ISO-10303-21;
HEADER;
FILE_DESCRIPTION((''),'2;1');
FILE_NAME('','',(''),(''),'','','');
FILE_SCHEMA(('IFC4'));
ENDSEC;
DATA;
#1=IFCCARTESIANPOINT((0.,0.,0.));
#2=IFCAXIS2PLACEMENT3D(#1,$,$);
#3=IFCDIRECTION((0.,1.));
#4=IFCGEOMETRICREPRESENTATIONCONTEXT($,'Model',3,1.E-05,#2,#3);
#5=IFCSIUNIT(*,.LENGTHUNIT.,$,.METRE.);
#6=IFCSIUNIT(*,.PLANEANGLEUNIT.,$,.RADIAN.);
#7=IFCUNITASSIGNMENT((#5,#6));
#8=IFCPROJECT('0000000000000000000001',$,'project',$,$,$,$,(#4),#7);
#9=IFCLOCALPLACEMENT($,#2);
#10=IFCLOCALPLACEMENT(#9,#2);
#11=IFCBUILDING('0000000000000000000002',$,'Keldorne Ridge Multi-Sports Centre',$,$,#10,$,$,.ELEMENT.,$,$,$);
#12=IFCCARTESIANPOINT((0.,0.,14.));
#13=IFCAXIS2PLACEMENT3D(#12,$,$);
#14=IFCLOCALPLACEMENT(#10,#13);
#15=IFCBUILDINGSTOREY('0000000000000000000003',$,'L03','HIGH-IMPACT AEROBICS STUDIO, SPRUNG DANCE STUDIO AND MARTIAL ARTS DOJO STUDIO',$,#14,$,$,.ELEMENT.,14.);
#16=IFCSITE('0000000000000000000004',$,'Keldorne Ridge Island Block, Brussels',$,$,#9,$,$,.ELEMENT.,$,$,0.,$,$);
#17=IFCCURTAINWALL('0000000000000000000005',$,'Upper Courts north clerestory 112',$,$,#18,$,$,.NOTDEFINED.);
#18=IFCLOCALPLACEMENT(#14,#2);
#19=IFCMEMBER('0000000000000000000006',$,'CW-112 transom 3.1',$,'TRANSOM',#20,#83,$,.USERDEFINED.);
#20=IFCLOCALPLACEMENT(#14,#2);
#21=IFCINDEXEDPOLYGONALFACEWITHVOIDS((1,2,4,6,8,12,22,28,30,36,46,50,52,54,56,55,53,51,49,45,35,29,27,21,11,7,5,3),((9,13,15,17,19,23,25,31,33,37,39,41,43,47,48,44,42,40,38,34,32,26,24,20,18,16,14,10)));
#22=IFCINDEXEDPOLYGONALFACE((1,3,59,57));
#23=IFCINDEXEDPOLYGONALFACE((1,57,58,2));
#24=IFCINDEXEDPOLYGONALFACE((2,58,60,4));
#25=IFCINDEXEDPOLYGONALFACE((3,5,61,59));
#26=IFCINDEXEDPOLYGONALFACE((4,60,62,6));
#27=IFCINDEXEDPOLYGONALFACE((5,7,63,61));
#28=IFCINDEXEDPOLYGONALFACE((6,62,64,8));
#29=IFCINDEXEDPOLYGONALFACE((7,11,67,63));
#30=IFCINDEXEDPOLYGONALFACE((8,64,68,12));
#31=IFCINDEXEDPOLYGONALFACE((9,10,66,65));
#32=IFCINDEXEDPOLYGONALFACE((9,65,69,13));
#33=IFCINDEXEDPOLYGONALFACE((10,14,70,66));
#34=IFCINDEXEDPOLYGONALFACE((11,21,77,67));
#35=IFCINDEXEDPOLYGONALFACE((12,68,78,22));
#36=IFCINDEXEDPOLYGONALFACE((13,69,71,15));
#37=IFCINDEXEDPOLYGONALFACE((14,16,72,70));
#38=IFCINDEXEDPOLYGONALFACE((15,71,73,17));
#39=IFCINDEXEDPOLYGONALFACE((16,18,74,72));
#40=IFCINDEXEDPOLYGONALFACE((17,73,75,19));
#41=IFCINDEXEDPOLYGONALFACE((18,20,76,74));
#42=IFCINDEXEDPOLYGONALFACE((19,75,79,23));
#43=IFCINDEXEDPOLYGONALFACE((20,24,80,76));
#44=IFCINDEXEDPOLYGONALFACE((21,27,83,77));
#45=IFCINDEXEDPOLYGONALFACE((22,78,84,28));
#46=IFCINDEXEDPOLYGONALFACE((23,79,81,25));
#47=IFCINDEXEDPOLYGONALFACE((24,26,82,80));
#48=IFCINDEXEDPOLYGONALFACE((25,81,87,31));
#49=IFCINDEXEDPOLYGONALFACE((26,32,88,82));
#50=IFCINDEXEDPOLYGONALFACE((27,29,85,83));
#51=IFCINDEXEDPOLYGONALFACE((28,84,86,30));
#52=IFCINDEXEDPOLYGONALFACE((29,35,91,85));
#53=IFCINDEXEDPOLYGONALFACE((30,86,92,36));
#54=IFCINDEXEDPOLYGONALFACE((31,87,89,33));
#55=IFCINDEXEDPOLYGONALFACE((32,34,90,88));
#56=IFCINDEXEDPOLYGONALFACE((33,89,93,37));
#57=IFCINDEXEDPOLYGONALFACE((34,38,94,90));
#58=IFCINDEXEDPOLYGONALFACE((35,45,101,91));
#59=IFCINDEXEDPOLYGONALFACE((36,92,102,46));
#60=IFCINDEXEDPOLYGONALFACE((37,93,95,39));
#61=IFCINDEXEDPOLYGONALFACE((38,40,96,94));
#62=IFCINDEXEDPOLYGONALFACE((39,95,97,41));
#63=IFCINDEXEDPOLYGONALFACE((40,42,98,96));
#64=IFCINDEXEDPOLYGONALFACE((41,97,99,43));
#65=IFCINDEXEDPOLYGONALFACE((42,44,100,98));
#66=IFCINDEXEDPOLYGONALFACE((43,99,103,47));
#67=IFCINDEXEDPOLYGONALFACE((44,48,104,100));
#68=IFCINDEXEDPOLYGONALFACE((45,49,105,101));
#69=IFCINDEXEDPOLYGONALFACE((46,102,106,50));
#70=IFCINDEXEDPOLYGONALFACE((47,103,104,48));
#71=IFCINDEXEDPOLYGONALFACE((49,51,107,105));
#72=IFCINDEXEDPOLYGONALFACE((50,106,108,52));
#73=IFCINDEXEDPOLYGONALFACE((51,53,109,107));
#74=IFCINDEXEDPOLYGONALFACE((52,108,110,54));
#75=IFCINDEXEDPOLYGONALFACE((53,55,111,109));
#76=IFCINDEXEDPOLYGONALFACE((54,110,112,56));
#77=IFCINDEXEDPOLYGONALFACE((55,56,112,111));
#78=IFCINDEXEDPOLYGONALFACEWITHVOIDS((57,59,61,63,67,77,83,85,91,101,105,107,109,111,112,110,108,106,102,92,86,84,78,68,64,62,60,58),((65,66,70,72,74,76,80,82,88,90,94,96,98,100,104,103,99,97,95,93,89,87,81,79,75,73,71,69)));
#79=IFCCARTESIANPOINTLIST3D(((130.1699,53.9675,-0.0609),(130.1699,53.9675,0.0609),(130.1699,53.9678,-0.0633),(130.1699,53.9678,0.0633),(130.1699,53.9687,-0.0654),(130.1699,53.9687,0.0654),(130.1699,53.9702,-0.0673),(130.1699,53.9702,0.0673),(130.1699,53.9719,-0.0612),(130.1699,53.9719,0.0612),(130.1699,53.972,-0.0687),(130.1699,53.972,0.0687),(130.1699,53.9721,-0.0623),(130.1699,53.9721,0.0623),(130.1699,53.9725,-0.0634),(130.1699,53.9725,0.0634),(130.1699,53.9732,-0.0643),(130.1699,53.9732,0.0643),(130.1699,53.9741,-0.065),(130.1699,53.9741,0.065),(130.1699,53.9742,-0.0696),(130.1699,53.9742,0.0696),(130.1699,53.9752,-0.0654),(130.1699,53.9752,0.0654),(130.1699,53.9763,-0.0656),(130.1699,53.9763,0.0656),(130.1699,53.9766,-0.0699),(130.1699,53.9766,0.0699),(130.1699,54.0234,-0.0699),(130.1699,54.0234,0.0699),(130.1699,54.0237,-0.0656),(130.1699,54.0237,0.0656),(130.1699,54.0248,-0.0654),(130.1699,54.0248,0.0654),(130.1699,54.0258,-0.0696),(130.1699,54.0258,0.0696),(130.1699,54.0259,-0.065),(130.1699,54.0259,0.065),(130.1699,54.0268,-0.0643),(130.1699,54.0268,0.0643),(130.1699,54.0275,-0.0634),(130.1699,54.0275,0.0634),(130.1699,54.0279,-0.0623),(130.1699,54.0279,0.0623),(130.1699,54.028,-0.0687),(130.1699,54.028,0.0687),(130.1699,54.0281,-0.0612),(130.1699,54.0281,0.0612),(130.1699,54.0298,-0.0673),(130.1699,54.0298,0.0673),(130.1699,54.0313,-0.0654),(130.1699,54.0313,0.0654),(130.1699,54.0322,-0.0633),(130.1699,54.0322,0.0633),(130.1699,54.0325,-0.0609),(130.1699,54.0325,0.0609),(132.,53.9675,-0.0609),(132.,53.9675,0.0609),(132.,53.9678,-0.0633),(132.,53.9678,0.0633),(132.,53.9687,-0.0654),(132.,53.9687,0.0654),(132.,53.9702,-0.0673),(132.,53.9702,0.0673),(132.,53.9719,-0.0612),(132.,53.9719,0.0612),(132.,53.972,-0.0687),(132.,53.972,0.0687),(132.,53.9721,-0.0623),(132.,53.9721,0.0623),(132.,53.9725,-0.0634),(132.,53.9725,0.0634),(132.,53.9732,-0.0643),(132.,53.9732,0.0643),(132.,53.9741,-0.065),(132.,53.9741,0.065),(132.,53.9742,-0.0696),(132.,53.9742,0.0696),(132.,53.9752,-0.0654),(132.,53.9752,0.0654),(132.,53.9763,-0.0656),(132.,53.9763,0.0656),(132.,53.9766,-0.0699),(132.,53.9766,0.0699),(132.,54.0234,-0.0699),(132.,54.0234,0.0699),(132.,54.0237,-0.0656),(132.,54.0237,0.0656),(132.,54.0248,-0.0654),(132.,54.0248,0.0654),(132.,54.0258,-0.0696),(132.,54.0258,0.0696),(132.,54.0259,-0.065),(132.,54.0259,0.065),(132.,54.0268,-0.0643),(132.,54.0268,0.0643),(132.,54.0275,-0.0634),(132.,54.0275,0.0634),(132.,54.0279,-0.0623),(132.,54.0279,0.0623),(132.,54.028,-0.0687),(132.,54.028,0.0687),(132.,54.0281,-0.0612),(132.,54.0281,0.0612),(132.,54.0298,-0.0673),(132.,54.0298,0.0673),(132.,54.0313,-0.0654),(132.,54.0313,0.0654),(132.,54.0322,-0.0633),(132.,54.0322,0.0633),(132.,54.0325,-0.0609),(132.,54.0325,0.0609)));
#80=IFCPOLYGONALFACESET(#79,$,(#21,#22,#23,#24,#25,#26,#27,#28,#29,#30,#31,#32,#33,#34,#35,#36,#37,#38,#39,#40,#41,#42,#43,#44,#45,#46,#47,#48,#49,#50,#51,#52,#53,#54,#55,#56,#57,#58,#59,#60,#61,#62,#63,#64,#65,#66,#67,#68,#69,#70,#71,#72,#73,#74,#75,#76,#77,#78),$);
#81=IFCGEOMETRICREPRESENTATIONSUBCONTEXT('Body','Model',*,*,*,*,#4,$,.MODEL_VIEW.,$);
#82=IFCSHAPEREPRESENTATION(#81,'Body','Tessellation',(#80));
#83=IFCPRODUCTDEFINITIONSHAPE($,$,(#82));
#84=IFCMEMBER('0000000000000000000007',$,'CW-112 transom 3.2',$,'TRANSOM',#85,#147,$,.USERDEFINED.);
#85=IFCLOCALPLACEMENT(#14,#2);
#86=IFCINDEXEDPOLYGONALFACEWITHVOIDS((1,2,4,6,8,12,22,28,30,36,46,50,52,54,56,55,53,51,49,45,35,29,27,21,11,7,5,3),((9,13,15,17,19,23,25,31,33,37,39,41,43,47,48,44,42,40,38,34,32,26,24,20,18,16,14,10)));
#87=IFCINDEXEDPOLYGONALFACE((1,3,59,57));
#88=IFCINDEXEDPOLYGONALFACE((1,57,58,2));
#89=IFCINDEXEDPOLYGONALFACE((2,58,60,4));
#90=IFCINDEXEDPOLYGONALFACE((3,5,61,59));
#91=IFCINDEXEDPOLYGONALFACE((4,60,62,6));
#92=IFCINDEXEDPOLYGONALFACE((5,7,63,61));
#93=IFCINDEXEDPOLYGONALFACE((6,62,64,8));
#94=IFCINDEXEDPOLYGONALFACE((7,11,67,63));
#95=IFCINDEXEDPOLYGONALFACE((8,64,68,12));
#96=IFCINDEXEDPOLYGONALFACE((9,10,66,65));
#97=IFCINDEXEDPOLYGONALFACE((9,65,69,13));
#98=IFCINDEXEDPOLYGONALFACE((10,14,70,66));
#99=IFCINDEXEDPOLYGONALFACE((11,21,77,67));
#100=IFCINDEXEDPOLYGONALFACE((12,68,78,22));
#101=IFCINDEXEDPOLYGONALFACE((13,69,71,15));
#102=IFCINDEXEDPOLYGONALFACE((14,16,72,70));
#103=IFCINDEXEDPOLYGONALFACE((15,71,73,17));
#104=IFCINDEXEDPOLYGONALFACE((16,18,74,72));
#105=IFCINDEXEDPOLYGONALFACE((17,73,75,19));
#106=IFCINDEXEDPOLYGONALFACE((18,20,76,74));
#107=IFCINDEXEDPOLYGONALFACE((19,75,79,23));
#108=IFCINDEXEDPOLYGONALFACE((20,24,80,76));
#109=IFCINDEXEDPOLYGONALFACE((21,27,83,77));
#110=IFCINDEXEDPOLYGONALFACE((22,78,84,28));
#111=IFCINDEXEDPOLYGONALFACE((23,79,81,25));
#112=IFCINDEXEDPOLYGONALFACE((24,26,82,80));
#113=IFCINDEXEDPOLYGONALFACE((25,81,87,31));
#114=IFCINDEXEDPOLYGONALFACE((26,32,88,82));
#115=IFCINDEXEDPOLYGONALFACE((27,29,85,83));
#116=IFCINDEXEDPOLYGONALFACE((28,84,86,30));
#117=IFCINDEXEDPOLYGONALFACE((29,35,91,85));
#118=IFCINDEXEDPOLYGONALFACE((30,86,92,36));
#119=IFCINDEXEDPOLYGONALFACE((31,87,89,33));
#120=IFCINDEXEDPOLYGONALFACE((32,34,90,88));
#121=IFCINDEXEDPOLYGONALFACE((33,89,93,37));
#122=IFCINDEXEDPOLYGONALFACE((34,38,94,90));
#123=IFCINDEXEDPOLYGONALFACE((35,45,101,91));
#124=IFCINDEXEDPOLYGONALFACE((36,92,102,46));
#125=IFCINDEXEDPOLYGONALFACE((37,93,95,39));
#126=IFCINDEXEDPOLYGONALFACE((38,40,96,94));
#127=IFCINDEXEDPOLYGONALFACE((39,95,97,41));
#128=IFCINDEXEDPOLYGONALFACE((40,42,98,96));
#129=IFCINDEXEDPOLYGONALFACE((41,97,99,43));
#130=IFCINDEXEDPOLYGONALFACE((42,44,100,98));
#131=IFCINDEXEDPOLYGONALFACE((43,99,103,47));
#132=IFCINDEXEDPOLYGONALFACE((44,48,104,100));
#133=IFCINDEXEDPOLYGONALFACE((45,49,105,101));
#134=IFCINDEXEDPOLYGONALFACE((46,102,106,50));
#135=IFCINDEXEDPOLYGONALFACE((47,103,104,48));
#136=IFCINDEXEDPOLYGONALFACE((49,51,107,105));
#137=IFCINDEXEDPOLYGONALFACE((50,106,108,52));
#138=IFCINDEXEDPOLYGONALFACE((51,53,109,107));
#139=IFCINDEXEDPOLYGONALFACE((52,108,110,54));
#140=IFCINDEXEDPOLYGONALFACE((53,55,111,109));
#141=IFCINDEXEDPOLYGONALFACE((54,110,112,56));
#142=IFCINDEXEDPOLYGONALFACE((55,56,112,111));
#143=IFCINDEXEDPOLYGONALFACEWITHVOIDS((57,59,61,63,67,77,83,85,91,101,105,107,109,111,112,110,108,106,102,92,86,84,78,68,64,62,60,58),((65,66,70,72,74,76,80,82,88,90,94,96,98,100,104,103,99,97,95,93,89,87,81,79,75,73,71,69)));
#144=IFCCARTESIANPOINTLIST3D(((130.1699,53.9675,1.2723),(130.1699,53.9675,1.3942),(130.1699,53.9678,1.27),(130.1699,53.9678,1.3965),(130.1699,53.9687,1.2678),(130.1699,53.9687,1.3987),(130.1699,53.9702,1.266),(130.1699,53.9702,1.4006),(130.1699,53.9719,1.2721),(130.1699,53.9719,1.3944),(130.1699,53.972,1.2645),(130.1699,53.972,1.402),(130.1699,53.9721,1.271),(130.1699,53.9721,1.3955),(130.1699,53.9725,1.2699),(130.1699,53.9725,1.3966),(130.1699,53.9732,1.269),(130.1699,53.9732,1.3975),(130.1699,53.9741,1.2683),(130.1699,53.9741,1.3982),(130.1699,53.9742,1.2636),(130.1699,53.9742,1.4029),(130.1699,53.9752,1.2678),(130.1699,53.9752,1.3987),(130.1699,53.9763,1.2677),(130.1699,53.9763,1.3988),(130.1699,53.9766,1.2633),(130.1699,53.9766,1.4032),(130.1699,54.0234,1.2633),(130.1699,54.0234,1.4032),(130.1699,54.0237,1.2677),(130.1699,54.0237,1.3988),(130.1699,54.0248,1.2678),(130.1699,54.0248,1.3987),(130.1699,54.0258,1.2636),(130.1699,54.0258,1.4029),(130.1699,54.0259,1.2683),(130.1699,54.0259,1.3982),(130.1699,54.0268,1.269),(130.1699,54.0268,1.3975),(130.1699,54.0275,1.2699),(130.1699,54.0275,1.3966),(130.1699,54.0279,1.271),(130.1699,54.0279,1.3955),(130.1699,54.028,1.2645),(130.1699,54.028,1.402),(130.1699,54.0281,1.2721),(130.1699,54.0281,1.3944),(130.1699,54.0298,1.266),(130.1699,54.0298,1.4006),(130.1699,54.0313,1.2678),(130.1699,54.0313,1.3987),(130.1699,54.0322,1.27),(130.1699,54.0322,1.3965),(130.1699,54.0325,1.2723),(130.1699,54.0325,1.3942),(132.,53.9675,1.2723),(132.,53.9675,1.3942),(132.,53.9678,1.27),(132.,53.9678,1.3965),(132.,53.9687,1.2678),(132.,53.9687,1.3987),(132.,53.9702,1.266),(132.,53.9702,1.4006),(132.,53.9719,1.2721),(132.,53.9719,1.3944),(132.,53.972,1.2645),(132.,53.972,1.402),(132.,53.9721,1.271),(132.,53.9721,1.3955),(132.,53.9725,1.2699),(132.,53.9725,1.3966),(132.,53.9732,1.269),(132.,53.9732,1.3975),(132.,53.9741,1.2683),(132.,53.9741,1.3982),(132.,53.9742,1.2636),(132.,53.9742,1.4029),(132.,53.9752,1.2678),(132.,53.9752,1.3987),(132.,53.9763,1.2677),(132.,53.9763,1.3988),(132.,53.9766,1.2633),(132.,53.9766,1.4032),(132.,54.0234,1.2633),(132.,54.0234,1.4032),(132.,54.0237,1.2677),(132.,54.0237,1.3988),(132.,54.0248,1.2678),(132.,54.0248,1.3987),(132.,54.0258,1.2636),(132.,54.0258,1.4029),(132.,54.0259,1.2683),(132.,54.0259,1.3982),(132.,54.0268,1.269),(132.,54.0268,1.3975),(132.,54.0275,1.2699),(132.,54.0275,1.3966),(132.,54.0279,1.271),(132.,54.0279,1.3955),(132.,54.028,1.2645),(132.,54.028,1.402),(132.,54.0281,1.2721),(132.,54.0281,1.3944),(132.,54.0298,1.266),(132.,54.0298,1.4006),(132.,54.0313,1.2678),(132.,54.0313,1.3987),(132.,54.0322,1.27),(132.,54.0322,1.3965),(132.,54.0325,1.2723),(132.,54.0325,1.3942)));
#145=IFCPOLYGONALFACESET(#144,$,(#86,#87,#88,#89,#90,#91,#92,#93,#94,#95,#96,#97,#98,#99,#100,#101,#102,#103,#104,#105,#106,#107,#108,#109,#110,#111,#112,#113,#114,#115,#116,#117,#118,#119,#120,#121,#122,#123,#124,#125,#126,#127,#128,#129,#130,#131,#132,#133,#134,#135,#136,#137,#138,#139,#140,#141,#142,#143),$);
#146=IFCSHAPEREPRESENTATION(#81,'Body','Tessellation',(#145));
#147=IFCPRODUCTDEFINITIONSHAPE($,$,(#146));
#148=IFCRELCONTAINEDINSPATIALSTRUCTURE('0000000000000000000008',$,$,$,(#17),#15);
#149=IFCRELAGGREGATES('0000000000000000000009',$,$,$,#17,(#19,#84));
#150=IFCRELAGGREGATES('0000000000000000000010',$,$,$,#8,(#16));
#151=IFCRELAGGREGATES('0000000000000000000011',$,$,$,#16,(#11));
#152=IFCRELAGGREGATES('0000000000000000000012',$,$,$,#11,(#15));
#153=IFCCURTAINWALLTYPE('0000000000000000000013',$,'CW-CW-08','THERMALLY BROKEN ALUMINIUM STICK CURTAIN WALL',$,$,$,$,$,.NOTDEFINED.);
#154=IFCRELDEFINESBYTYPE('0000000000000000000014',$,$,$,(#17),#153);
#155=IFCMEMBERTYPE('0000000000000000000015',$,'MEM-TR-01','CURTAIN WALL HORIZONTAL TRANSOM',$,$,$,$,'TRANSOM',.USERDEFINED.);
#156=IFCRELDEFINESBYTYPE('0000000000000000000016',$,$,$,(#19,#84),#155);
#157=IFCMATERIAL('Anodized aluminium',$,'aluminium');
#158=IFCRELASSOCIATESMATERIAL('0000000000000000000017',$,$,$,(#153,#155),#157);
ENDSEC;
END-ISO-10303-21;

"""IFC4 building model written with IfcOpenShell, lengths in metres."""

from ifc_helpers import new_model, si_unit, direction, frame, origin, origin_2d, place, context, subcontext, project, spatial, hollow_rectangle, extrude, material, material_profile, profile_set, type_object, element, aggregate, save


model = new_model("IFC4")

# Units and contexts
model_context = context("Model", 3, precision=1e-05, world=origin(), true_north=direction((0.0, 1.0)))
body_context = subcontext(model_context, "Body", "Model", "MODEL_VIEW")
ifc_project = project(units=[si_unit("LENGTHUNIT", "METRE"), si_unit("PLANEANGLEUNIT", "RADIAN")], contexts=[model_context])

# Site, building, storey
site_placement = place(None, origin())
site = spatial("IfcSite", under=ifc_project, at=site_placement, Name="Keldorne Ridge Island Block, Brussels", CompositionType="ELEMENT", RefElevation=0.0)
building_placement = place(site_placement, origin())
building = spatial("IfcBuilding", under=site, at=building_placement, Name="Keldorne Ridge Multi-Sports Centre", CompositionType="ELEMENT")
storey_placement = place(building_placement, frame((0.0, 0.0, 14.0)))
storey = spatial("IfcBuildingStorey", under=building, at=storey_placement, Name="L03", Description="HIGH-IMPACT AEROBICS STUDIO, SPRUNG DANCE STUDIO AND MARTIAL ARTS DOJO STUDIO", CompositionType="ELEMENT", Elevation=14.0)

# Curtain wall
ifc_material_1 = material(Name="Anodized aluminium", Category="aluminium")
curtain_wall_type_1 = type_object("IfcCurtainWallType", Name="CW-CW-08", Description="THERMALLY BROKEN ALUMINIUM STICK CURTAIN WALL", PredefinedType="NOTDEFINED", material=ifc_material_1)
curtain_wall_1_placement = place(storey_placement, origin())
curtain_wall_1 = element("IfcCurtainWall", 1, at=curtain_wall_1_placement, inside=storey, type_object=curtain_wall_type_1, Name="Upper Courts north clerestory 112", PredefinedType="NOTDEFINED")
ifc_material_profile_1 = material_profile(ifc_material_1, hollow_rectangle(XDim=0.0649, YDim=0.1399, WallThickness=0.0044, InnerFilletRadius=0.0044, OuterFilletRadius=0.009, at=origin_2d()), Name="ALU TRANSOM 140x65x4.5")
ifc_profile_set_1 = profile_set([ifc_material_profile_1], Name="Anodized aluminium")
member_type_1 = type_object("IfcMemberType", Name="MEM-TR-01", Description="CURTAIN WALL HORIZONTAL TRANSOM", ElementType="TRANSOM", PredefinedType="USERDEFINED", material=ifc_profile_set_1)

# Members
member_1_placement = place(storey_placement, frame((132.0, 54.0, 0.0), z_axis=(-1.0, 0.0, 0.0), x_axis=(0.0, -1.0, 0.0)))
member_1 = element("IfcMember", 2, at=member_1_placement, type_object=member_type_1, Name="CW-112 transom 3.1", ObjectType="TRANSOM", PredefinedType="USERDEFINED", context=body_context, shape_type="SweptSolid", body=[
    extrude(hollow_rectangle(XDim=0.0649, YDim=0.1399, WallThickness=0.0044, InnerFilletRadius=0.0044, OuterFilletRadius=0.009, at=origin_2d()), origin(), (0.0, 0.0, 1.0), 1.8301),
])
member_2_placement = place(storey_placement, frame((132.0, 54.0, 1.3333), z_axis=(-1.0, 0.0, 0.0), x_axis=(0.0, -1.0, 0.0)))
member_2 = element("IfcMember", 3, at=member_2_placement, type_object=member_type_1, Name="CW-112 transom 3.2", ObjectType="TRANSOM", PredefinedType="USERDEFINED", context=body_context, shape_type="SweptSolid", body=[
    extrude(hollow_rectangle(XDim=0.0649, YDim=0.1399, WallThickness=0.0044, InnerFilletRadius=0.0044, OuterFilletRadius=0.009, at=origin_2d()), origin(), (0.0, 0.0, 1.0), 1.8301),
])

aggregate(curtain_wall_1, [member_1, member_2])

save(model, "model.ifc")
